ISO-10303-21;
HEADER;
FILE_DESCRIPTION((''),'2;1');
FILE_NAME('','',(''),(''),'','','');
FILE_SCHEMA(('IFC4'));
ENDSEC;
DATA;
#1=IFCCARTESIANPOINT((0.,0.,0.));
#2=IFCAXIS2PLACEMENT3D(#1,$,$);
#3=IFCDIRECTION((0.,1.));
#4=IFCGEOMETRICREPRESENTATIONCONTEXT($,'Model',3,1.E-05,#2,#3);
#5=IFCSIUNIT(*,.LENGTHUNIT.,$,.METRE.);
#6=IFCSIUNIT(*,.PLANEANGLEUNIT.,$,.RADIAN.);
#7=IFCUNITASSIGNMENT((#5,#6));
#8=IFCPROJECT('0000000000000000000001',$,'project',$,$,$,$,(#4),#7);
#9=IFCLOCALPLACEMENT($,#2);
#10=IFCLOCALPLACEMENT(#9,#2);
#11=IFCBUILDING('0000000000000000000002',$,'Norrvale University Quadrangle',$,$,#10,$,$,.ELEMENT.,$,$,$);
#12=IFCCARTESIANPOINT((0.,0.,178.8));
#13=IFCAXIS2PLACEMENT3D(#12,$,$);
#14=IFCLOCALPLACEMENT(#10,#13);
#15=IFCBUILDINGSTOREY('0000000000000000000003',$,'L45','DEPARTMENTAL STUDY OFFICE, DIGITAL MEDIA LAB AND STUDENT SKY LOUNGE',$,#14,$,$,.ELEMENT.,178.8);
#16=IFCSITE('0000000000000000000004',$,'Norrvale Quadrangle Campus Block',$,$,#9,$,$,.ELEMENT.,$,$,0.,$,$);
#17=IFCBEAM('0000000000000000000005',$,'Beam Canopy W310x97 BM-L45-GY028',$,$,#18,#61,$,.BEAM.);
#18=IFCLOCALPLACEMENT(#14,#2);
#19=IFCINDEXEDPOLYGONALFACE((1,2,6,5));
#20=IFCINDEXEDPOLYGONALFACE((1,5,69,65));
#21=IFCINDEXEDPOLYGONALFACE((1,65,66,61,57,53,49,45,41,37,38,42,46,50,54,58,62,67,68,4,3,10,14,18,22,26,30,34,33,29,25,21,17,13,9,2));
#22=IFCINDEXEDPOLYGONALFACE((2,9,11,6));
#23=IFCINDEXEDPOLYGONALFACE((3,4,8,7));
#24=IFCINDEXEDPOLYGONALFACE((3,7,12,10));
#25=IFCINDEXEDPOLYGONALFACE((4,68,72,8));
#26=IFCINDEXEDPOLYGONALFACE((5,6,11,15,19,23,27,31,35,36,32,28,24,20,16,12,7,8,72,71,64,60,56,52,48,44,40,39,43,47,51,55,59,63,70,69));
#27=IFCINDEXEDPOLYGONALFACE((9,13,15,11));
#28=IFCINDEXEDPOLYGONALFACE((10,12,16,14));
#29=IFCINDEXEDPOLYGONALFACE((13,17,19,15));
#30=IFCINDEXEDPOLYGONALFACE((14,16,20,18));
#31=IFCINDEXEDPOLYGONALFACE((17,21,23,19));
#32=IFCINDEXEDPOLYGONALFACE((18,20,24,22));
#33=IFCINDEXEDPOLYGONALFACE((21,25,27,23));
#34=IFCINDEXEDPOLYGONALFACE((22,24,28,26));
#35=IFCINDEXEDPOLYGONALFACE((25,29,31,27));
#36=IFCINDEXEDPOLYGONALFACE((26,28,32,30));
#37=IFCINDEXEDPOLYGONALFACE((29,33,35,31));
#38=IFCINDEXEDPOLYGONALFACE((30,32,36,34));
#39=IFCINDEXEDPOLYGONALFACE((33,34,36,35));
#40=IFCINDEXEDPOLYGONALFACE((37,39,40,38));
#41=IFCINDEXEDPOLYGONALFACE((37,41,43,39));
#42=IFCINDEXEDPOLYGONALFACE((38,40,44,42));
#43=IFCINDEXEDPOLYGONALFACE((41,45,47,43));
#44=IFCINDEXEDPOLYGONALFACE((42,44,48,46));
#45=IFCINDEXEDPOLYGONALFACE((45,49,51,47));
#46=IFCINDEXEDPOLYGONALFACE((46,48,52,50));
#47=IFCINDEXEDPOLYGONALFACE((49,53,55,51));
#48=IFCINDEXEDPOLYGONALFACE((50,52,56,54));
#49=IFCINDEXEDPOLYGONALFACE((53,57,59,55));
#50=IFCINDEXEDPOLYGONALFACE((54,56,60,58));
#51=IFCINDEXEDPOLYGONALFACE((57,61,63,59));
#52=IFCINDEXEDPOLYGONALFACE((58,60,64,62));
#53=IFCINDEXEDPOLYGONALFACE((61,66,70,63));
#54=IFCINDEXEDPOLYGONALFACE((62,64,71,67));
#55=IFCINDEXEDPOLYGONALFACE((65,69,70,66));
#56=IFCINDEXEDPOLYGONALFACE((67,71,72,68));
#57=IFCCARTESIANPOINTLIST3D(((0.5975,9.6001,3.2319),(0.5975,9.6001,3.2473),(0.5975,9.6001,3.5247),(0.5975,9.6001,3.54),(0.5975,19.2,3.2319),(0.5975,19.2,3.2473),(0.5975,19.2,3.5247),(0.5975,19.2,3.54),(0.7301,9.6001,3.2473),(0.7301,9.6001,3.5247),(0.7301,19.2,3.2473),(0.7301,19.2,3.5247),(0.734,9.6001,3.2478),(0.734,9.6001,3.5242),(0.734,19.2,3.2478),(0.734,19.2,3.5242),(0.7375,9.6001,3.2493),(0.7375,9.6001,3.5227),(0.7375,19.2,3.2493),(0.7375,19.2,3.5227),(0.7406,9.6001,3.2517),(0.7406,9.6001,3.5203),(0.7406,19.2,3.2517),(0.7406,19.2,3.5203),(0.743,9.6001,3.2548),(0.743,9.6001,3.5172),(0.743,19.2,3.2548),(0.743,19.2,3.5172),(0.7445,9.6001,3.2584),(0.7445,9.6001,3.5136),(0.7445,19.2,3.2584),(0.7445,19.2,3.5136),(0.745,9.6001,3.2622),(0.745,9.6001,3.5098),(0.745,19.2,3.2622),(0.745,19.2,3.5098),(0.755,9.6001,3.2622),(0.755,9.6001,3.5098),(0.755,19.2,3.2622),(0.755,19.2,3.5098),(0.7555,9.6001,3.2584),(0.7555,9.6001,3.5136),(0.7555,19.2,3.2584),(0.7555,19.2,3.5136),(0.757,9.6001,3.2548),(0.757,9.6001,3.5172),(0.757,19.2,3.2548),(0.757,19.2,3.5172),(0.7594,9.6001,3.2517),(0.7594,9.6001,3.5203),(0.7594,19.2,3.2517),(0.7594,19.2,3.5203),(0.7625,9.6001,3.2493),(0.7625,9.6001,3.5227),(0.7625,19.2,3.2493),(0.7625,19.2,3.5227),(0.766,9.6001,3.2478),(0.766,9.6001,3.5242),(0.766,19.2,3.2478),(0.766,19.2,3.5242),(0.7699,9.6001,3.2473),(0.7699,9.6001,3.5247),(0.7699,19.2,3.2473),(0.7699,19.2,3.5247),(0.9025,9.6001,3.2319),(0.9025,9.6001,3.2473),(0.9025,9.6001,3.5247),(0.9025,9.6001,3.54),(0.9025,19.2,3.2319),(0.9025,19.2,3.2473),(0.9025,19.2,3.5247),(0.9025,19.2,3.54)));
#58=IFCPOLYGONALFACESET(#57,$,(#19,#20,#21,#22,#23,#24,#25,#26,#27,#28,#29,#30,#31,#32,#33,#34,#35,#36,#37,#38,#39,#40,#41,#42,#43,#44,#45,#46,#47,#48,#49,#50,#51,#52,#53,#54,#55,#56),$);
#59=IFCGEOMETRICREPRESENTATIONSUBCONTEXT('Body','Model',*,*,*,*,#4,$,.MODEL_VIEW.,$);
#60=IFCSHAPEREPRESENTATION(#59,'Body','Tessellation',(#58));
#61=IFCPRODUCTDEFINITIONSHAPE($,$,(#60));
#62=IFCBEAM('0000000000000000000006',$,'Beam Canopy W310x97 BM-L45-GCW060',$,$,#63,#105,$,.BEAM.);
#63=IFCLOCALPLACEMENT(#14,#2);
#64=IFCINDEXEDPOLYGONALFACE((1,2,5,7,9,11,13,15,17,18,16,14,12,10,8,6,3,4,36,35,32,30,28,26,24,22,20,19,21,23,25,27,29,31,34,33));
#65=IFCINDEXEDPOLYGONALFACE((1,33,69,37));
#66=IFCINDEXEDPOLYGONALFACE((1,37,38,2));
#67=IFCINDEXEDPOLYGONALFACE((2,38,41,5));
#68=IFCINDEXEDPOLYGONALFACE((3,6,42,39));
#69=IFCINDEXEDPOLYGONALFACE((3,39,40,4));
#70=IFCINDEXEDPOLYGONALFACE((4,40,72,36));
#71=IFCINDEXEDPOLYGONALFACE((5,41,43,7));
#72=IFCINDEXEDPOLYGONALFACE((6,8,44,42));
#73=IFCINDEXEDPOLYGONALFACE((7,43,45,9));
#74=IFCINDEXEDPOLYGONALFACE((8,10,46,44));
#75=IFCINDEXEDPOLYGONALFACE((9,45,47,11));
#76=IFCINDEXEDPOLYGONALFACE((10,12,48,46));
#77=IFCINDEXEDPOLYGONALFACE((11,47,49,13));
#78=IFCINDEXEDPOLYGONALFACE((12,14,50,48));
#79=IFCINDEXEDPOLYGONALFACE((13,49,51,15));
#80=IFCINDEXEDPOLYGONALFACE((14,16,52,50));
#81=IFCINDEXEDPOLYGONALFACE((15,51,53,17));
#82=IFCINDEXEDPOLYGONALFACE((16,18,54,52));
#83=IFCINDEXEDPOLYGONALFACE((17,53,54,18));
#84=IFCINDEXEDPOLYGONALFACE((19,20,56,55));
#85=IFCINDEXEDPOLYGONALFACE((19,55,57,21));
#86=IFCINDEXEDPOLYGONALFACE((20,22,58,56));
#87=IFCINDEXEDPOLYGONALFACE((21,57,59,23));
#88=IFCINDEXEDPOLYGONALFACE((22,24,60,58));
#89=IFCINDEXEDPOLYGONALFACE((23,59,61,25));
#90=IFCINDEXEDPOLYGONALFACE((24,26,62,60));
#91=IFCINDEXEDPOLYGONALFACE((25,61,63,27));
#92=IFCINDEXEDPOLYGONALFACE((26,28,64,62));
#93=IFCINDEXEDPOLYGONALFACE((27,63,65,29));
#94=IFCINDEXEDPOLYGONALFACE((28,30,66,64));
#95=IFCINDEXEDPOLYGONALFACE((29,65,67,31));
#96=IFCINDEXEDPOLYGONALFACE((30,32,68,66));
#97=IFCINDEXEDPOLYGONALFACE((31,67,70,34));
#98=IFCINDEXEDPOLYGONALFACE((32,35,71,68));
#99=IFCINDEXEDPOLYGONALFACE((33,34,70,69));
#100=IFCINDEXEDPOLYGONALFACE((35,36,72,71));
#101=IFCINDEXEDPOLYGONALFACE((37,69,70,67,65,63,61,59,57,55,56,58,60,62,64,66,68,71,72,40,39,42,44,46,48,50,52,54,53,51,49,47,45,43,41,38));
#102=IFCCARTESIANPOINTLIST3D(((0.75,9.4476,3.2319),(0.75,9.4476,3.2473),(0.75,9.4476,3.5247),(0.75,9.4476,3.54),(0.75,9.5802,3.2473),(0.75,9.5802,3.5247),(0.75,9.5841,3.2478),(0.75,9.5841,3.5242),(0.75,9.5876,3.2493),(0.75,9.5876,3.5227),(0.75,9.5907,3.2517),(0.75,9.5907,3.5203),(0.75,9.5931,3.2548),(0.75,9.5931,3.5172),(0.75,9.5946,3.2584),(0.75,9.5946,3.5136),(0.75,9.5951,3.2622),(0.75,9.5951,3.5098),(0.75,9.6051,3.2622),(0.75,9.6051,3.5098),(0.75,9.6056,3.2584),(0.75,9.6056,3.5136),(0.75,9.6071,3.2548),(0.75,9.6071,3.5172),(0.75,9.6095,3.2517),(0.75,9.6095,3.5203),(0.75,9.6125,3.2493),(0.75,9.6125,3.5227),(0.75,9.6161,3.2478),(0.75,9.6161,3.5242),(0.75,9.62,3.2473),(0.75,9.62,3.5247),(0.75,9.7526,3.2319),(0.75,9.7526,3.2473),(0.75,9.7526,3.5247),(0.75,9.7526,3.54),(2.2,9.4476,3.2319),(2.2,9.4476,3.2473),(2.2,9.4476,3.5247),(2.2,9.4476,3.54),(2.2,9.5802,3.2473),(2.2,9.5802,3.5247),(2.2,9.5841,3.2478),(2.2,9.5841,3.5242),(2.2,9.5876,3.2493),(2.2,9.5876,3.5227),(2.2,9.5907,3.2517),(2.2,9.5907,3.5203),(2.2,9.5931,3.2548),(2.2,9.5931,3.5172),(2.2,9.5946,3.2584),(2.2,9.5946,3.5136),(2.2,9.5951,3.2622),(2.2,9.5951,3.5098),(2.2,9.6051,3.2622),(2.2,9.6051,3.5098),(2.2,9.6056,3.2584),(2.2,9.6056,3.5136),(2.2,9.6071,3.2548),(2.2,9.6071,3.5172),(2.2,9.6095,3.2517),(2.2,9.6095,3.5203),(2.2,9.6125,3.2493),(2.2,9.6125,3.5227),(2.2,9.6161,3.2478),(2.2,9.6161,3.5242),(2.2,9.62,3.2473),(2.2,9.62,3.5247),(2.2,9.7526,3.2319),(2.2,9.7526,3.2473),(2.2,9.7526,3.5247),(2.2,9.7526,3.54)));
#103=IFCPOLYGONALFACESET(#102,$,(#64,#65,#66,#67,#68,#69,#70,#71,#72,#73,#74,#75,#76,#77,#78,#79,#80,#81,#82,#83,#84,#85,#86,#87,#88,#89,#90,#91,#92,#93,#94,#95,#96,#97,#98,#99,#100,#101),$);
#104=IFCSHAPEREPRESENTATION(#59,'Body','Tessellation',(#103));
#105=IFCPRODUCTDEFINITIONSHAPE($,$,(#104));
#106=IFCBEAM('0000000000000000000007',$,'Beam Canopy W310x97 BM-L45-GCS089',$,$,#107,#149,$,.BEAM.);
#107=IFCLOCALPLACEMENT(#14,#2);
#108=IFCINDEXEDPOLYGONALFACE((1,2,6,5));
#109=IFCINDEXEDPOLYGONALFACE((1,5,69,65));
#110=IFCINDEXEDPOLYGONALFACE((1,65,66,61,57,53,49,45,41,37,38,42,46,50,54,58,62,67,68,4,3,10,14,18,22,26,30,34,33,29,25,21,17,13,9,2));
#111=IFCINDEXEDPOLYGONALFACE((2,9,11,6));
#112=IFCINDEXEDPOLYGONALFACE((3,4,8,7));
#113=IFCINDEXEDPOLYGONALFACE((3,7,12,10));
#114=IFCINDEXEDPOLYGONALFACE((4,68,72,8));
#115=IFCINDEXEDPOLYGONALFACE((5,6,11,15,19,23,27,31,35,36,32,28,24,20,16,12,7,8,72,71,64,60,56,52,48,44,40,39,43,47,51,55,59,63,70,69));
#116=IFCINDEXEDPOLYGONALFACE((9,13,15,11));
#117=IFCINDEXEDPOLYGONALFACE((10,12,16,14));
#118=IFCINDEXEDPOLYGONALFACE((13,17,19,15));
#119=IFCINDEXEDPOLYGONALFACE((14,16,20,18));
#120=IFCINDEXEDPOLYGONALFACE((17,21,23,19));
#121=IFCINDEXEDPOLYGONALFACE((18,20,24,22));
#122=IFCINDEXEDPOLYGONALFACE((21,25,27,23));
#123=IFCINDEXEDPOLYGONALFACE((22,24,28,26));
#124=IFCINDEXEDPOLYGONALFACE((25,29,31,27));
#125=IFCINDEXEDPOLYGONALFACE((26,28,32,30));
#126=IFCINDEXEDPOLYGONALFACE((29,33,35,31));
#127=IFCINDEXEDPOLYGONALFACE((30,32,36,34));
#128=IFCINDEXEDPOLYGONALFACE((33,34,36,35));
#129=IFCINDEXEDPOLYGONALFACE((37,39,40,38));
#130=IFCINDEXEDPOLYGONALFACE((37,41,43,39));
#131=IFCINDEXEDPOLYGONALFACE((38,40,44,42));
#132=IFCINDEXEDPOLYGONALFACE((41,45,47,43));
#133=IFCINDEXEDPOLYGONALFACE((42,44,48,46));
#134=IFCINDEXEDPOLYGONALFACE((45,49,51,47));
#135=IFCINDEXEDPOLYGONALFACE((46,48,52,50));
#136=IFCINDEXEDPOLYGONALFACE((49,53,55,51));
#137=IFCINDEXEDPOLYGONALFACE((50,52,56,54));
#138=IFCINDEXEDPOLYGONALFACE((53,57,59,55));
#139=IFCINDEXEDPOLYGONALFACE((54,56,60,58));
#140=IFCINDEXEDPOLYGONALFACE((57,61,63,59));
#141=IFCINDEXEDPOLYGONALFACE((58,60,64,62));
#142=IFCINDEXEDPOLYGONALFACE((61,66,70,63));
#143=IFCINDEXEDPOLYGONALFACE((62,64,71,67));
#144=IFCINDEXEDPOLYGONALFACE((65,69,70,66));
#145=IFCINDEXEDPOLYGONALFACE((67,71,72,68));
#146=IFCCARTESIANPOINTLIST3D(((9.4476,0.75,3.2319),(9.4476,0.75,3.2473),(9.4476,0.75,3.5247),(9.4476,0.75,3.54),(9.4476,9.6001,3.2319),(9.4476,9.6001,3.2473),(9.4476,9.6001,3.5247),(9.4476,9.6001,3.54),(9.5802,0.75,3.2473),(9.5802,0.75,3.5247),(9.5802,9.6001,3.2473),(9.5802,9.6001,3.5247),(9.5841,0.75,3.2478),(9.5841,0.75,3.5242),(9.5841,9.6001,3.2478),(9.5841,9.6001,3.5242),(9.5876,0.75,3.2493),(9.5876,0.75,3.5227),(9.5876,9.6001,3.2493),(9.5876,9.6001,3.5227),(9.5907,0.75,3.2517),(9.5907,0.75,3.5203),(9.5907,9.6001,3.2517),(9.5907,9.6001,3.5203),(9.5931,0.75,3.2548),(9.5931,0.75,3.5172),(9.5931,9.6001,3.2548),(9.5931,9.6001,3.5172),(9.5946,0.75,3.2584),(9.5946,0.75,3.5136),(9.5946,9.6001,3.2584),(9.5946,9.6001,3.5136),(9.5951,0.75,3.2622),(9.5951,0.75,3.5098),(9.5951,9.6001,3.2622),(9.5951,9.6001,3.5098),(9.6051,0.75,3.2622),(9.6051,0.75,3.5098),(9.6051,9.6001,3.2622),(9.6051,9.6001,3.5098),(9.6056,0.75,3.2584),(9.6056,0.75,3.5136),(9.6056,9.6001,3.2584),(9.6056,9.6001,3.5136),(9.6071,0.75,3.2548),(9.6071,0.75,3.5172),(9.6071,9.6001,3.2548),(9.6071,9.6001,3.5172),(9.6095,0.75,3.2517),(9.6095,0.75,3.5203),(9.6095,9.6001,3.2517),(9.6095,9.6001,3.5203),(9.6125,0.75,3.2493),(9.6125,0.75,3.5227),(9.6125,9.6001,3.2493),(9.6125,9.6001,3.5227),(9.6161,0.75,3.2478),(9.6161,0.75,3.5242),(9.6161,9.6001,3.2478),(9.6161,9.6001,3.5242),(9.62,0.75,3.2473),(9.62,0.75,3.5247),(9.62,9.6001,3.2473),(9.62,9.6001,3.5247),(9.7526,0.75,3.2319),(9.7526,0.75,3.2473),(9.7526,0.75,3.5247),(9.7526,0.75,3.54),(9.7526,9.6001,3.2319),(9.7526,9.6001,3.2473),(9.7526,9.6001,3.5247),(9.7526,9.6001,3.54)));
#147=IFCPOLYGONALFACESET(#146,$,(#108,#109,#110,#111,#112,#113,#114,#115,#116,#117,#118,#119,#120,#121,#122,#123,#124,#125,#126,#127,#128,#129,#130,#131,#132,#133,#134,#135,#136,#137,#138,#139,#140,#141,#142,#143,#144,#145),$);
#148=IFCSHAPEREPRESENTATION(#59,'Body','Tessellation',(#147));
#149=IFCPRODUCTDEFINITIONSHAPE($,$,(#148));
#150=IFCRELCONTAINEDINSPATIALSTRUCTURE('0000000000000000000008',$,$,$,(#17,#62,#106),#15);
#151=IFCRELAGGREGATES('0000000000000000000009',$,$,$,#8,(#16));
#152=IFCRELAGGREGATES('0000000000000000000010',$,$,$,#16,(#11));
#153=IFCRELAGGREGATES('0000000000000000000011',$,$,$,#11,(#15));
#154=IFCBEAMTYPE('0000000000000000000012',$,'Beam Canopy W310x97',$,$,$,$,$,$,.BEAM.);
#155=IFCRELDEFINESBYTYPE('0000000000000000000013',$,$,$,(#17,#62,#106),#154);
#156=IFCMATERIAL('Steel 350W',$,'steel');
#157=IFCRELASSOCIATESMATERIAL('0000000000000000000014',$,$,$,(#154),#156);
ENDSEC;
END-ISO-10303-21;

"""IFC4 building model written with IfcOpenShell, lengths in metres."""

from ifc_helpers import new_model, si_unit, direction, frame, origin, origin_2d, place, context, subcontext, project, spatial, i_section, extrude, material, material_profile, profile_set, type_object, element, save


model = new_model("IFC4")

# Units and contexts
model_context = context("Model", 3, precision=1e-05, world=origin(), true_north=direction((0.0, 1.0)))
body_context = subcontext(model_context, "Body", "Model", "MODEL_VIEW")
ifc_project = project(units=[si_unit("LENGTHUNIT", "METRE"), si_unit("PLANEANGLEUNIT", "RADIAN")], contexts=[model_context])

# Site, building, storey
site_placement = place(None, origin())
site = spatial("IfcSite", under=ifc_project, at=site_placement, Name="Norrvale Quadrangle Campus Block", CompositionType="ELEMENT", RefElevation=0.0)
building_placement = place(site_placement, origin())
building = spatial("IfcBuilding", under=site, at=building_placement, Name="Norrvale University Quadrangle", CompositionType="ELEMENT")
storey_placement = place(building_placement, frame((0.0, 0.0, 178.8)))
storey = spatial("IfcBuildingStorey", under=building, at=storey_placement, Name="L45", Description="DEPARTMENTAL STUDY OFFICE, DIGITAL MEDIA LAB AND STUDENT SKY LOUNGE", CompositionType="ELEMENT", Elevation=178.8)

# Beams
ifc_material_1 = material(Name="Steel 350W", Category="steel")
ifc_material_profile_1 = material_profile(ifc_material_1, i_section(OverallWidth=0.3049, OverallDepth=0.3081, WebThickness=0.01, FlangeThickness=0.0154, FilletRadius=0.0149, at=origin_2d()), Name="Steel 350W")
ifc_profile_set_1 = profile_set([ifc_material_profile_1], Name="Steel 350W")
beam_type_1 = type_object("IfcBeamType", Name="Beam Canopy W310x97", PredefinedType="BEAM", material=ifc_profile_set_1)
beam_1_placement = place(storey_placement, frame((0.75, 9.6001, 3.386), z_axis=(0.0, 1.0, 0.0), x_axis=(-1.0, 0.0, 0.0)))
element("IfcBeam", 1, at=beam_1_placement, inside=storey, type_object=beam_type_1, Name="Beam Canopy W310x97 BM-L45-GY028", PredefinedType="BEAM", context=body_context, shape_type="SweptSolid", body=[
    extrude(i_section(OverallWidth=0.3049, OverallDepth=0.3081, WebThickness=0.01, FlangeThickness=0.0154, FilletRadius=0.0149, at=origin_2d()), origin(), (0.0, 0.0, 1.0), 9.5999),
])
beam_2_placement = place(storey_placement, frame((0.75, 9.6001, 3.386), z_axis=(1.0, 0.0, 0.0), x_axis=(0.0, 1.0, 0.0)))
element("IfcBeam", 2, at=beam_2_placement, inside=storey, type_object=beam_type_1, Name="Beam Canopy W310x97 BM-L45-GCW060", PredefinedType="BEAM", context=body_context, shape_type="SweptSolid", body=[
    extrude(i_section(OverallWidth=0.3049, OverallDepth=0.3081, WebThickness=0.01, FlangeThickness=0.0154, FilletRadius=0.0149, at=origin_2d()), origin(), (0.0, 0.0, 1.0), 1.45),
])
beam_3_placement = place(storey_placement, frame((9.6001, 0.75, 3.386), z_axis=(0.0, 1.0, 0.0), x_axis=(-1.0, 0.0, 0.0)))
element("IfcBeam", 3, at=beam_3_placement, inside=storey, type_object=beam_type_1, Name="Beam Canopy W310x97 BM-L45-GCS089", PredefinedType="BEAM", context=body_context, shape_type="SweptSolid", body=[
    extrude(i_section(OverallWidth=0.3049, OverallDepth=0.3081, WebThickness=0.01, FlangeThickness=0.0154, FilletRadius=0.0149, at=origin_2d()), origin(), (0.0, 0.0, 1.0), 8.8501),
])

save(model, "model.ifc")
